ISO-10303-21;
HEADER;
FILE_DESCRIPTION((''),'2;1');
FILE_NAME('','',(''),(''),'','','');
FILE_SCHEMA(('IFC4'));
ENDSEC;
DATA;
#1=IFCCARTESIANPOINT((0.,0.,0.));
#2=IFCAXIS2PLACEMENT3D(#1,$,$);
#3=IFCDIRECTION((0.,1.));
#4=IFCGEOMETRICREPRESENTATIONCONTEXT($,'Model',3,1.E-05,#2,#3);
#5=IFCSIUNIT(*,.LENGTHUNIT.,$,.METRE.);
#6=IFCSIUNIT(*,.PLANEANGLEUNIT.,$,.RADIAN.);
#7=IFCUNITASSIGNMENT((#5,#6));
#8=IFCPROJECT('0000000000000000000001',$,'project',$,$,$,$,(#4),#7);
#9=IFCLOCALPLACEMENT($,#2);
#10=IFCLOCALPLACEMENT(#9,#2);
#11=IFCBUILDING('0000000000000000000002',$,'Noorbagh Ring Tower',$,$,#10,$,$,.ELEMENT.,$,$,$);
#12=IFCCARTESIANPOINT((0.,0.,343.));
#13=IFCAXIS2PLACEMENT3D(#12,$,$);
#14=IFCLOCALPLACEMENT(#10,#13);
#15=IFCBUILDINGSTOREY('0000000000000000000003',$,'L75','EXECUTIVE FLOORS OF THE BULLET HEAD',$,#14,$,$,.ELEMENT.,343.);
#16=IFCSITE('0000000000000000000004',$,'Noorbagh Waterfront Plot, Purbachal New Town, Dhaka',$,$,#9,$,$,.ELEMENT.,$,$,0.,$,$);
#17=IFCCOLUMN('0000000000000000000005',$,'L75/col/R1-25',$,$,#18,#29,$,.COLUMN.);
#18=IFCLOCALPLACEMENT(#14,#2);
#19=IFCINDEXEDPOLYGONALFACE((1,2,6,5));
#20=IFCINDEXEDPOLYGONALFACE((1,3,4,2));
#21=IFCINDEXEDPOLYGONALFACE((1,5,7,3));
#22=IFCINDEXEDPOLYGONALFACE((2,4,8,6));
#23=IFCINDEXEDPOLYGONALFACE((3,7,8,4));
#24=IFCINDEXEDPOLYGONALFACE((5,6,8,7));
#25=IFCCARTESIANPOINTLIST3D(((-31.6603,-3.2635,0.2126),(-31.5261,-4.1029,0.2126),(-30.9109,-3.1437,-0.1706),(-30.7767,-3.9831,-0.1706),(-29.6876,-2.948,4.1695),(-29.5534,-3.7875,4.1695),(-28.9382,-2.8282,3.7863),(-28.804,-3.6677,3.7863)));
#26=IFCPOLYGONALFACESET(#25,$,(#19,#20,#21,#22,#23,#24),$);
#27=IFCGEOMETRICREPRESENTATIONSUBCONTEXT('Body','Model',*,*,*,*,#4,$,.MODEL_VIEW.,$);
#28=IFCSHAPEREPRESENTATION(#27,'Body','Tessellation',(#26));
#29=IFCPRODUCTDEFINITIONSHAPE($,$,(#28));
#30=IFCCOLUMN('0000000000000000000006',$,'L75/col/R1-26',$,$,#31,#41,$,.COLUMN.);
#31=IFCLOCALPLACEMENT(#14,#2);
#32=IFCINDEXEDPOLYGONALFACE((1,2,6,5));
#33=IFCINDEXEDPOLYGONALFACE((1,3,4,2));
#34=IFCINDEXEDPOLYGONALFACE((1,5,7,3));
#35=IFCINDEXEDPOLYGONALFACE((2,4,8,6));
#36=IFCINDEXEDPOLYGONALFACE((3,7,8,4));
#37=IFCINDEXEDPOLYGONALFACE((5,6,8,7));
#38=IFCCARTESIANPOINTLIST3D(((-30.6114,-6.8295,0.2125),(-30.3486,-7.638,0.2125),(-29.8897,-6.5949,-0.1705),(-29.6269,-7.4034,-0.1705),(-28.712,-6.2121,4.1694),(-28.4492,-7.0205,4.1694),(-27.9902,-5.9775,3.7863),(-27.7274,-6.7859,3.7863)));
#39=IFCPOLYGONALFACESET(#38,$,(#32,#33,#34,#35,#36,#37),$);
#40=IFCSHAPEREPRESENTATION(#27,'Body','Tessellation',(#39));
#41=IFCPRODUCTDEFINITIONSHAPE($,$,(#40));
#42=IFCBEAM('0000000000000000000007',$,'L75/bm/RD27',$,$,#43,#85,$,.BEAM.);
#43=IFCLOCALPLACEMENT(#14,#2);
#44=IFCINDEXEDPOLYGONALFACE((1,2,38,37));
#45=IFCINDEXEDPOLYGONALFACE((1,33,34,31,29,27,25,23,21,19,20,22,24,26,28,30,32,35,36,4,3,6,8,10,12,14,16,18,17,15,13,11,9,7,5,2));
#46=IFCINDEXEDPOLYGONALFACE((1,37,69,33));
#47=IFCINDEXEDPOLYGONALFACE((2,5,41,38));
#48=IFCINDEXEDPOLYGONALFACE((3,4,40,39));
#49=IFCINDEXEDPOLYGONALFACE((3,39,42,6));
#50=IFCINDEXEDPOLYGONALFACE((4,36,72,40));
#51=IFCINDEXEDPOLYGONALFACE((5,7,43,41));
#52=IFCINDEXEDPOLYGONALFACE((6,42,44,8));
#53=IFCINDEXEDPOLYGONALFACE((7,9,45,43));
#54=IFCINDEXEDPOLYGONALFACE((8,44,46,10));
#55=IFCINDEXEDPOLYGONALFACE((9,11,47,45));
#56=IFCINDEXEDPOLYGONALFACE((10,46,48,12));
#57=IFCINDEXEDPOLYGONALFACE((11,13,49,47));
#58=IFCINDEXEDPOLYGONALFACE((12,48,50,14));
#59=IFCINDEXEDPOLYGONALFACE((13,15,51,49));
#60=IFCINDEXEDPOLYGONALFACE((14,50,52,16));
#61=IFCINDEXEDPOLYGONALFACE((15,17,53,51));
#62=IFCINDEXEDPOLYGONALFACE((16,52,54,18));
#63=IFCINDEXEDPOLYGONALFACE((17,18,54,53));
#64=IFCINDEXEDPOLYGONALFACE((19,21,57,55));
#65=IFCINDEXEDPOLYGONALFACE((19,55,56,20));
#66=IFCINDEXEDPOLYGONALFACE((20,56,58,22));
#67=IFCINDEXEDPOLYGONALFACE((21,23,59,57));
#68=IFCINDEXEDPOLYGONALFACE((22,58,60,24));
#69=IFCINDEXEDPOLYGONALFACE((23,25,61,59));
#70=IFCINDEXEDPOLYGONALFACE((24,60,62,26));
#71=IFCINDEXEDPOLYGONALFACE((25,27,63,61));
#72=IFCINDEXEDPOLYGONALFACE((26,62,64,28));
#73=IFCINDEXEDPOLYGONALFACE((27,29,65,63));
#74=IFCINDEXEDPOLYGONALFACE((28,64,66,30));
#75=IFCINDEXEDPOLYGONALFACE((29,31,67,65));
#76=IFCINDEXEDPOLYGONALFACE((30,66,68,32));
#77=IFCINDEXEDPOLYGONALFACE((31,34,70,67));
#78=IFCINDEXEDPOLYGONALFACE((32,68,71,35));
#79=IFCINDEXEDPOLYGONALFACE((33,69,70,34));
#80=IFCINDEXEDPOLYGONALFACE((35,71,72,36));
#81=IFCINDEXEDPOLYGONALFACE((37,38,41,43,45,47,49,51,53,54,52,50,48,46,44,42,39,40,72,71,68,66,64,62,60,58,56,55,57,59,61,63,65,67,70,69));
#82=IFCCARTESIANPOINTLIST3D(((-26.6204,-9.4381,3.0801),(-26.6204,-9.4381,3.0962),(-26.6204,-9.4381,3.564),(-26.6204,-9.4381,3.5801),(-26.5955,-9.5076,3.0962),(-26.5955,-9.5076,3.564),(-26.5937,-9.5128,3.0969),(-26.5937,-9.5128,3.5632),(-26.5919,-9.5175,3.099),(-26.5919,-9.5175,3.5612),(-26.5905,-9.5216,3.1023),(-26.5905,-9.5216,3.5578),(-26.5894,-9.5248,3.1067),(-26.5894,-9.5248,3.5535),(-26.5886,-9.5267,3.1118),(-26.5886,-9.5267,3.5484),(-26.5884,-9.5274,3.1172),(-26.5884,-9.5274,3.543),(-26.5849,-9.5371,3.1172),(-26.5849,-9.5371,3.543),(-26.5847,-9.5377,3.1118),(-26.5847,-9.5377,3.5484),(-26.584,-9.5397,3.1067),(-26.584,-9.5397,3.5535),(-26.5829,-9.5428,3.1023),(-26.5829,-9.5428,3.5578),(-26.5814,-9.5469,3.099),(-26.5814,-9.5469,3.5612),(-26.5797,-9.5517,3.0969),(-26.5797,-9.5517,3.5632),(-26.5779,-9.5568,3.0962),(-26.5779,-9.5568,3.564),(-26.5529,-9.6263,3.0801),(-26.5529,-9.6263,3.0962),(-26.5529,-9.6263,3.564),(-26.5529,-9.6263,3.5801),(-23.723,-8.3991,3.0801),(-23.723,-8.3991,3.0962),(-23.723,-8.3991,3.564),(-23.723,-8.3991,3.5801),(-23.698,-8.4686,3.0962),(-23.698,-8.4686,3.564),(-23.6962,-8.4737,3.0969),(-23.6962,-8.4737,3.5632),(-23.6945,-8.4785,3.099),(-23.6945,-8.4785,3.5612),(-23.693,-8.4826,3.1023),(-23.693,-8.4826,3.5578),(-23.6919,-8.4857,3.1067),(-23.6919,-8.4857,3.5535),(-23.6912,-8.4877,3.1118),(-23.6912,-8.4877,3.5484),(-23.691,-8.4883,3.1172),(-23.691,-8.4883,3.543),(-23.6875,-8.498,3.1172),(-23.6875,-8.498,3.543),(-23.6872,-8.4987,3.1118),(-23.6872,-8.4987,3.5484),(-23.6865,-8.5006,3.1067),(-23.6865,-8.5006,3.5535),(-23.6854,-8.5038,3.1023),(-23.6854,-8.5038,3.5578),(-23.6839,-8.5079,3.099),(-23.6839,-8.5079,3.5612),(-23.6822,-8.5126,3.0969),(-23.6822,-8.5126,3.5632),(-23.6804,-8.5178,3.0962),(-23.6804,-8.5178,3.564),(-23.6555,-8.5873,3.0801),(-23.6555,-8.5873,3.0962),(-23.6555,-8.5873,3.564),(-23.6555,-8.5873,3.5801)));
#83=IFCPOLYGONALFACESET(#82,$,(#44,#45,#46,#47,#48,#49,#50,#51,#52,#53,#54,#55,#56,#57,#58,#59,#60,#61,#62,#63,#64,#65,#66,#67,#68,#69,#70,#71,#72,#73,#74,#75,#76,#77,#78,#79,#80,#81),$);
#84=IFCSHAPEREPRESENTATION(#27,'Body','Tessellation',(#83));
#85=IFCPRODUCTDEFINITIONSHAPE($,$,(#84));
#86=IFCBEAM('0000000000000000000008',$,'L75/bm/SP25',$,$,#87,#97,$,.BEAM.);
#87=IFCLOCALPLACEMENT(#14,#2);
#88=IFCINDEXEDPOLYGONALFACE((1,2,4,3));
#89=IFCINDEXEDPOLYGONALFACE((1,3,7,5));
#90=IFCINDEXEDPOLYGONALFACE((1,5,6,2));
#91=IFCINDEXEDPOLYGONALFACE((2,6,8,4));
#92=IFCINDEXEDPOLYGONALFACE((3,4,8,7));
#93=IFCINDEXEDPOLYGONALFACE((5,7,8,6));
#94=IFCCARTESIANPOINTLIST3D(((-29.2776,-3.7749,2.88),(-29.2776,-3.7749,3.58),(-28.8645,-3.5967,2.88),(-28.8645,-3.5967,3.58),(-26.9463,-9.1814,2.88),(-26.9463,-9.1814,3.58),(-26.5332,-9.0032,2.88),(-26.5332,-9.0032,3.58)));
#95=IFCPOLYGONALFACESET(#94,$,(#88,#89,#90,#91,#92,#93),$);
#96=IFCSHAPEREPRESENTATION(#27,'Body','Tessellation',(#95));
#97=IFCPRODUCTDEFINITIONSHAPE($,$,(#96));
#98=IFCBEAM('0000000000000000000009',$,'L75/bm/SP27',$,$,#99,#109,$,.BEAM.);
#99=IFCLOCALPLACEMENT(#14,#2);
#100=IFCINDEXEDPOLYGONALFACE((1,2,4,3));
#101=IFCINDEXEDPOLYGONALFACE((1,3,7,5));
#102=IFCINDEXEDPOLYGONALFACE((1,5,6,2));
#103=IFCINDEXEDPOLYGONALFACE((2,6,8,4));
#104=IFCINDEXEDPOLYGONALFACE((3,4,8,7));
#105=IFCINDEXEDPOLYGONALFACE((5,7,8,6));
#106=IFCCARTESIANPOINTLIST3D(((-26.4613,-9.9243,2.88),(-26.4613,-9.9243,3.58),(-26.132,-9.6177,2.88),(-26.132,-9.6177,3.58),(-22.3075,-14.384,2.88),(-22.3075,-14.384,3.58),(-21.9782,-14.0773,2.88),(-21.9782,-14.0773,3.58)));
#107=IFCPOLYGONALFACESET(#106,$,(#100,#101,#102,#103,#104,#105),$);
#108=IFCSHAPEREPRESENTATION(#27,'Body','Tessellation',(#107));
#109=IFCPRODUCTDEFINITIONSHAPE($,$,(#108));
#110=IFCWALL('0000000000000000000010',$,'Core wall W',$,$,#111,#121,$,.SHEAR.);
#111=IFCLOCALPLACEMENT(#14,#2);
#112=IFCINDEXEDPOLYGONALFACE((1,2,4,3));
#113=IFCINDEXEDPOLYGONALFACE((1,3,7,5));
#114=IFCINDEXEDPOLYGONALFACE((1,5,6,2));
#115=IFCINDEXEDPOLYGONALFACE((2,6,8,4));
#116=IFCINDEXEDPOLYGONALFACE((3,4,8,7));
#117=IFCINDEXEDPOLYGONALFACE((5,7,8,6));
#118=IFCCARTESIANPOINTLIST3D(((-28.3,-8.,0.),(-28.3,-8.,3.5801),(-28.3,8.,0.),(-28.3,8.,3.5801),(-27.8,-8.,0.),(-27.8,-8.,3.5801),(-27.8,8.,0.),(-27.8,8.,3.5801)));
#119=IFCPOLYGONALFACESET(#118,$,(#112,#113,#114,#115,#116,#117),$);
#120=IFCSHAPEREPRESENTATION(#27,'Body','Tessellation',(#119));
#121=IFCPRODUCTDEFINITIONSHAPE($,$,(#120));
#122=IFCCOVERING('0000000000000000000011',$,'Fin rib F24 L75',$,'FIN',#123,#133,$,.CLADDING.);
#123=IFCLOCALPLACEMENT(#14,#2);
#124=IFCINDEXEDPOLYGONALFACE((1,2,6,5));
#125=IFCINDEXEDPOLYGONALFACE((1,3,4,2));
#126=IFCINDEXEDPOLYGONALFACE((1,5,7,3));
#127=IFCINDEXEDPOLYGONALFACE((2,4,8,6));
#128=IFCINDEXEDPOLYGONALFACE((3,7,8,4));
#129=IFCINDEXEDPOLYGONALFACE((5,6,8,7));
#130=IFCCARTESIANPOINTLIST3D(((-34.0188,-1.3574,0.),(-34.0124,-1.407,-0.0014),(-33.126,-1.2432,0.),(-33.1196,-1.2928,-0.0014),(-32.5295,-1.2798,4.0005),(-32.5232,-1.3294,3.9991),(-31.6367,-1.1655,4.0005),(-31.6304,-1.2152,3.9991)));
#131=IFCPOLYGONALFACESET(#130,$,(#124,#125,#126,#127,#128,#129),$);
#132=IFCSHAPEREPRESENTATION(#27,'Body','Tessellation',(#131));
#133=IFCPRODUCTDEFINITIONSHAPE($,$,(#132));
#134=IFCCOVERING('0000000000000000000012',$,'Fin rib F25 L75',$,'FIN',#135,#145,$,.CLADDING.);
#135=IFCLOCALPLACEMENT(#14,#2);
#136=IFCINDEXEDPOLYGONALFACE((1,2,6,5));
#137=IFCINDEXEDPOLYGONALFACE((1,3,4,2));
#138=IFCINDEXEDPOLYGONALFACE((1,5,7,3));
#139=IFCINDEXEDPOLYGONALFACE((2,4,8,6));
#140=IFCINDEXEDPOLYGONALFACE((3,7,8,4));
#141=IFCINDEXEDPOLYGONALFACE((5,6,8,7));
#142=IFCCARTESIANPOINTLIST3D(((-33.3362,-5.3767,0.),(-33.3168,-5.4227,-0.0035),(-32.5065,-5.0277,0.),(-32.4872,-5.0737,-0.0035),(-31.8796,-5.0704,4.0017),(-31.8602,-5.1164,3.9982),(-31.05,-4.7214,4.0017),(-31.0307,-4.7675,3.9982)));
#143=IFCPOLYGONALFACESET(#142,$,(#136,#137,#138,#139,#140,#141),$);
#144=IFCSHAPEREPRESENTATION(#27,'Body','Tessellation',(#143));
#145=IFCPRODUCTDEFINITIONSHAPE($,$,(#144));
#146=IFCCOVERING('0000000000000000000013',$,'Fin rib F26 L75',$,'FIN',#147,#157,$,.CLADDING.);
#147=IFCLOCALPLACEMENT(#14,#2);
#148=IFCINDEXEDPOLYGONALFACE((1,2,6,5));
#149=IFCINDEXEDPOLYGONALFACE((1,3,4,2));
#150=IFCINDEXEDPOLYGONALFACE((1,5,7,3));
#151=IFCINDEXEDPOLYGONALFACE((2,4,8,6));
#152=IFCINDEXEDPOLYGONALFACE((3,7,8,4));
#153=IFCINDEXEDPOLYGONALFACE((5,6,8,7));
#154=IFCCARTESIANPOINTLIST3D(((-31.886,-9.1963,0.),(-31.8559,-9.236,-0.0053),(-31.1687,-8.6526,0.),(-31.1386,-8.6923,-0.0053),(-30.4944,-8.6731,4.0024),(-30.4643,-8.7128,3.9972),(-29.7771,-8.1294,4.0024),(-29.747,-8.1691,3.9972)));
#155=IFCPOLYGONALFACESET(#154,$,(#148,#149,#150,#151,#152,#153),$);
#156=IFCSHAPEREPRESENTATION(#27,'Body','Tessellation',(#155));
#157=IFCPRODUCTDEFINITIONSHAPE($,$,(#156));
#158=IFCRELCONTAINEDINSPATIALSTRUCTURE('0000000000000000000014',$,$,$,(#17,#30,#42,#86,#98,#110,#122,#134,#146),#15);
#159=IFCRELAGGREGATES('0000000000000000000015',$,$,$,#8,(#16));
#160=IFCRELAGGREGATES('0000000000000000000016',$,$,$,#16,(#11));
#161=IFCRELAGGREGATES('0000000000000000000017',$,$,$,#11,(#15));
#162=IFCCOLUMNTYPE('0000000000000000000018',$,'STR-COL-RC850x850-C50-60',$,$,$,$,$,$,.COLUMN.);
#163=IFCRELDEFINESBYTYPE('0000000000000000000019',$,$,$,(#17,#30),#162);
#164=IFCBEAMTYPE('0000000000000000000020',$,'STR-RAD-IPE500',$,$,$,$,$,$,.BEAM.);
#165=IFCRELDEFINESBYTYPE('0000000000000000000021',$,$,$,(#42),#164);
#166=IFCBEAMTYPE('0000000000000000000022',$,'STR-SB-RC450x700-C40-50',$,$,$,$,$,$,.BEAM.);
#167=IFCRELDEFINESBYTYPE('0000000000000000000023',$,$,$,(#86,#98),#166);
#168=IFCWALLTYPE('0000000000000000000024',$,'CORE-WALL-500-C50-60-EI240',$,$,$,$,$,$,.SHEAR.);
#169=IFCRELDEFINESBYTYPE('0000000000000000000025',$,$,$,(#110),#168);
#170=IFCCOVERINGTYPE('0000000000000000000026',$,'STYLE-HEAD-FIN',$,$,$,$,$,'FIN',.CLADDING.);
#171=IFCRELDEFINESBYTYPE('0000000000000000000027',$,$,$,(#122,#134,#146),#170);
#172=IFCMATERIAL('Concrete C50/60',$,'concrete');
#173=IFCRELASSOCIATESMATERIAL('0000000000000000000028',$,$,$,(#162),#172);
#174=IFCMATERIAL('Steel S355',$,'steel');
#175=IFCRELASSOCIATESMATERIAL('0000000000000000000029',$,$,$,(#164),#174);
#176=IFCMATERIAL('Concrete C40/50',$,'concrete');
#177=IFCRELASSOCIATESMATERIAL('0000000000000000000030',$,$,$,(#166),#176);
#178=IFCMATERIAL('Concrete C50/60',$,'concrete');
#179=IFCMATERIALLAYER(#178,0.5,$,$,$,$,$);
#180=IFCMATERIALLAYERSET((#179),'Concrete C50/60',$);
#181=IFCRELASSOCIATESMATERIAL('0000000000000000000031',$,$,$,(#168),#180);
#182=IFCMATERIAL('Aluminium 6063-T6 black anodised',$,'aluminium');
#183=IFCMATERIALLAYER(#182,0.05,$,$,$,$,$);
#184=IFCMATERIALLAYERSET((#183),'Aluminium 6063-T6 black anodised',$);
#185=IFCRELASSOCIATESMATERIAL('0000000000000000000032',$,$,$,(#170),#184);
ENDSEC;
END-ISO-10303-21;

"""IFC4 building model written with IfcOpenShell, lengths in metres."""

from ifc_helpers import new_model, si_unit, direction, frame, frame_2d, origin, origin_2d, place, context, subcontext, project, spatial, polyline, rectangle, i_section, outline, extrude, material, layer, layer_set, material_profile, profile_set, type_object, element, save


model = new_model("IFC4")

# Units and contexts
model_context = context("Model", 3, precision=1e-05, world=origin(), true_north=direction((0.0, 1.0)))
body_context = subcontext(model_context, "Body", "Model", "MODEL_VIEW")
ifc_project = project(units=[si_unit("LENGTHUNIT", "METRE"), si_unit("PLANEANGLEUNIT", "RADIAN")], contexts=[model_context])

# Site, building, storey
site_placement = place(None, origin())
site = spatial("IfcSite", under=ifc_project, at=site_placement, Name="Noorbagh Waterfront Plot, Purbachal New Town, Dhaka", CompositionType="ELEMENT", RefElevation=0.0)
building_placement = place(site_placement, origin())
building = spatial("IfcBuilding", under=site, at=building_placement, Name="Noorbagh Ring Tower", CompositionType="ELEMENT")
storey_placement = place(building_placement, frame((0.0, 0.0, 343.0)))
storey = spatial("IfcBuildingStorey", under=building, at=storey_placement, Name="L75", Description="EXECUTIVE FLOORS OF THE BULLET HEAD", CompositionType="ELEMENT", Elevation=343.0)

# Columns
ifc_material_1 = material(Name="Concrete C50/60", Category="concrete")
ifc_material_profile_1 = material_profile(ifc_material_1, rectangle(XDim=0.8501, YDim=0.8501, at=origin_2d()), Name="RC850x850")
ifc_profile_set_1 = profile_set([ifc_material_profile_1], Name="Concrete C50/60")
column_type = type_object("IfcColumnType", Name="STR-COL-RC850x850-C50-60", PredefinedType="COLUMN", material=ifc_profile_set_1)
column_1_placement = place(storey_placement, frame((-31.2185, -3.6233, 0.021), z_axis=(0.445044, 0.071163, 0.892677), x_axis=(-0.157895, 0.987456, 0.0)))
element("IfcColumn", 1, at=column_1_placement, inside=storey, type_object=column_type, Name="L75/col/R1-25", PredefinedType="COLUMN", context=body_context, shape_type="SweptSolid", body=[
    extrude(rectangle(XDim=0.8501, YDim=0.8501, at=origin_2d()), origin(), (0.0, 0.0, 1.0), 4.4326),
])
column_2_placement = place(storey_placement, frame((-30.1191, -7.1165, 0.021), z_axis=(0.42854, 0.139303, 0.892719), x_axis=(-0.309141, 0.951016, 0.0)))
element("IfcColumn", 2, at=column_2_placement, inside=storey, type_object=column_type, Name="L75/col/R1-26", PredefinedType="COLUMN", context=body_context, shape_type="SweptSolid", body=[
    extrude(rectangle(XDim=0.8501, YDim=0.8501, at=origin_2d()), origin(), (0.0, 0.0, 1.0), 4.4324),
])

# Beams
ifc_material_2 = material(Name="Steel S355", Category="steel")
ifc_material_profile_2 = material_profile(ifc_material_2, i_section(OverallWidth=0.2, OverallDepth=0.5, WebThickness=0.0103, FlangeThickness=0.0161, FilletRadius=0.021, at=origin_2d()), Name="IPE500")
ifc_profile_set_2 = profile_set([ifc_material_profile_2], Name="Steel S355")
beam_type_1 = type_object("IfcBeamType", Name="STR-RAD-IPE500", PredefinedType="BEAM", material=ifc_profile_set_2)
beam_1_placement = place(storey_placement, frame((-26.5867, -9.5322, 3.3301), z_axis=(0.941303, 0.337562, 0.0), x_axis=(-0.337562, 0.941303, 0.0)))
element("IfcBeam", 3, at=beam_1_placement, inside=storey, type_object=beam_type_1, Name="L75/bm/RD27", PredefinedType="BEAM", context=body_context, shape_type="SweptSolid", body=[
    extrude(i_section(OverallWidth=0.2, OverallDepth=0.5, WebThickness=0.0103, FlangeThickness=0.0161, FilletRadius=0.021, at=origin_2d()), origin(), (0.0, 0.0, 1.0), 3.0781),
])
ifc_material_3 = material(Name="Concrete C40/50", Category="concrete")
ifc_material_profile_3 = material_profile(ifc_material_3, rectangle(XDim=0.45, YDim=0.7, at=origin_2d()), Name="RC450x700")
ifc_profile_set_3 = profile_set([ifc_material_profile_3], Name="Concrete C40/50")
beam_type_2 = type_object("IfcBeamType", Name="STR-SB-RC450x700-C40-50", PredefinedType="BEAM", material=ifc_profile_set_3)
beam_2_placement = place(storey_placement, frame((-29.071, -3.6858, 3.23), z_axis=(0.39596, -0.918268, 0.0), x_axis=(0.918268, 0.39596, 0.0)))
element("IfcBeam", 4, at=beam_2_placement, inside=storey, type_object=beam_type_2, Name="L75/bm/SP25", PredefinedType="BEAM", context=body_context, shape_type="SweptSolid", body=[
    extrude(rectangle(XDim=0.45, YDim=0.7, at=origin_2d()), origin(), (0.0, 0.0, 1.0), 5.8877),
])
beam_3_placement = place(storey_placement, frame((-26.2966, -9.771, 3.23), z_axis=(0.681564, -0.731758, 0.0), x_axis=(0.731758, 0.681564, 0.0)))
element("IfcBeam", 5, at=beam_3_placement, inside=storey, type_object=beam_type_2, Name="L75/bm/SP27", PredefinedType="BEAM", context=body_context, shape_type="SweptSolid", body=[
    extrude(rectangle(XDim=0.45, YDim=0.7, at=origin_2d()), origin(), (0.0, 0.0, 1.0), 6.0945),
])

# Wall
ifc_material_4 = material(Name="Concrete C50/60", Category="concrete")
ifc_layer_1 = layer(ifc_material_4, 0.5)
ifc_layer_set_1 = layer_set([ifc_layer_1], Name="Concrete C50/60")
wall_type = type_object("IfcWallType", Name="CORE-WALL-500-C50-60-EI240", PredefinedType="SHEAR", material=ifc_layer_set_1)
wall_placement = place(storey_placement, frame((-28.05, -8.0, 0.0), z_axis=(0.0, 0.0, 1.0), x_axis=(0.0, 1.0, 0.0)))
element("IfcWall", 6, at=wall_placement, inside=storey, type_object=wall_type, Name="Core wall W", PredefinedType="SHEAR", context=body_context, shape_type="SweptSolid", body=[
    extrude(rectangle(XDim=16.0, YDim=0.5, at=frame_2d((8.0, 0.0))), origin(), (0.0, 0.0, 1.0), 3.5801),
])

# Coverings
ifc_material_5 = material(Name="Aluminium 6063-T6 black anodised", Category="aluminium")
ifc_layer_2 = layer(ifc_material_5, 0.05)
ifc_layer_set_2 = layer_set([ifc_layer_2], Name="Aluminium 6063-T6 black anodised")
covering_type_1 = type_object("IfcCoveringType", Name="STYLE-HEAD-FIN", ElementType="FIN", PredefinedType="CLADDING", material=ifc_layer_set_2)
covering_1_placement = place(storey_placement, frame((-34.0188, -1.3574, 0.0), z_axis=(-0.126889, 0.991522, 0.027994), x_axis=(0.348821, 0.018184, 0.937013)))
element("IfcCovering", 7, at=covering_1_placement, inside=storey, type_object=covering_type_1, Name="Fin rib F24 L75", ObjectType="FIN", PredefinedType="CLADDING", context=body_context, shape_type="SweptSolid", body=[
    extrude(outline(polyline([(0.0, 0.0), (4.2694, 0.0), (4.5829, 0.8437), (0.3135, 0.8437), (0.0, 0.0)])), origin(), (0.0, 0.0, -1.0), 0.05),
])
covering_2_placement = place(storey_placement, frame((-33.3362, -5.3767, 0.0), z_axis=(-0.386809, 0.919467, 0.070419), x_axis=(0.341157, 0.071739, 0.937265)))
element("IfcCovering", 8, at=covering_2_placement, inside=storey, type_object=covering_type_1, Name="Fin rib F25 L75", ObjectType="FIN", PredefinedType="CLADDING", context=body_context, shape_type="SweptSolid", body=[
    extrude(outline(polyline([(0.0, 0.0), (4.2696, 0.0), (4.5776, 0.8456), (0.3081, 0.8457), (0.0, 0.0)])), origin(), (0.0, 0.0, -1.0), 0.05),
])
covering_3_placement = place(storey_placement, frame((-31.886, -9.1963, 0.0), z_axis=(-0.600716, 0.792502, 0.105267), x_axis=(0.32593, 0.122538, 0.937419)))
element("IfcCovering", 9, at=covering_3_placement, inside=storey, type_object=covering_type_1, Name="Fin rib F26 L75", ObjectType="FIN", PredefinedType="CLADDING", context=body_context, shape_type="SweptSolid", body=[
    extrude(outline(polyline([(0.0, 0.0), (4.2696, 0.0), (4.57, 0.8484), (0.3004, 0.8484), (0.0, 0.0)])), origin(), (0.0, 0.0, -1.0), 0.05),
])

save(model, "model.ifc")
